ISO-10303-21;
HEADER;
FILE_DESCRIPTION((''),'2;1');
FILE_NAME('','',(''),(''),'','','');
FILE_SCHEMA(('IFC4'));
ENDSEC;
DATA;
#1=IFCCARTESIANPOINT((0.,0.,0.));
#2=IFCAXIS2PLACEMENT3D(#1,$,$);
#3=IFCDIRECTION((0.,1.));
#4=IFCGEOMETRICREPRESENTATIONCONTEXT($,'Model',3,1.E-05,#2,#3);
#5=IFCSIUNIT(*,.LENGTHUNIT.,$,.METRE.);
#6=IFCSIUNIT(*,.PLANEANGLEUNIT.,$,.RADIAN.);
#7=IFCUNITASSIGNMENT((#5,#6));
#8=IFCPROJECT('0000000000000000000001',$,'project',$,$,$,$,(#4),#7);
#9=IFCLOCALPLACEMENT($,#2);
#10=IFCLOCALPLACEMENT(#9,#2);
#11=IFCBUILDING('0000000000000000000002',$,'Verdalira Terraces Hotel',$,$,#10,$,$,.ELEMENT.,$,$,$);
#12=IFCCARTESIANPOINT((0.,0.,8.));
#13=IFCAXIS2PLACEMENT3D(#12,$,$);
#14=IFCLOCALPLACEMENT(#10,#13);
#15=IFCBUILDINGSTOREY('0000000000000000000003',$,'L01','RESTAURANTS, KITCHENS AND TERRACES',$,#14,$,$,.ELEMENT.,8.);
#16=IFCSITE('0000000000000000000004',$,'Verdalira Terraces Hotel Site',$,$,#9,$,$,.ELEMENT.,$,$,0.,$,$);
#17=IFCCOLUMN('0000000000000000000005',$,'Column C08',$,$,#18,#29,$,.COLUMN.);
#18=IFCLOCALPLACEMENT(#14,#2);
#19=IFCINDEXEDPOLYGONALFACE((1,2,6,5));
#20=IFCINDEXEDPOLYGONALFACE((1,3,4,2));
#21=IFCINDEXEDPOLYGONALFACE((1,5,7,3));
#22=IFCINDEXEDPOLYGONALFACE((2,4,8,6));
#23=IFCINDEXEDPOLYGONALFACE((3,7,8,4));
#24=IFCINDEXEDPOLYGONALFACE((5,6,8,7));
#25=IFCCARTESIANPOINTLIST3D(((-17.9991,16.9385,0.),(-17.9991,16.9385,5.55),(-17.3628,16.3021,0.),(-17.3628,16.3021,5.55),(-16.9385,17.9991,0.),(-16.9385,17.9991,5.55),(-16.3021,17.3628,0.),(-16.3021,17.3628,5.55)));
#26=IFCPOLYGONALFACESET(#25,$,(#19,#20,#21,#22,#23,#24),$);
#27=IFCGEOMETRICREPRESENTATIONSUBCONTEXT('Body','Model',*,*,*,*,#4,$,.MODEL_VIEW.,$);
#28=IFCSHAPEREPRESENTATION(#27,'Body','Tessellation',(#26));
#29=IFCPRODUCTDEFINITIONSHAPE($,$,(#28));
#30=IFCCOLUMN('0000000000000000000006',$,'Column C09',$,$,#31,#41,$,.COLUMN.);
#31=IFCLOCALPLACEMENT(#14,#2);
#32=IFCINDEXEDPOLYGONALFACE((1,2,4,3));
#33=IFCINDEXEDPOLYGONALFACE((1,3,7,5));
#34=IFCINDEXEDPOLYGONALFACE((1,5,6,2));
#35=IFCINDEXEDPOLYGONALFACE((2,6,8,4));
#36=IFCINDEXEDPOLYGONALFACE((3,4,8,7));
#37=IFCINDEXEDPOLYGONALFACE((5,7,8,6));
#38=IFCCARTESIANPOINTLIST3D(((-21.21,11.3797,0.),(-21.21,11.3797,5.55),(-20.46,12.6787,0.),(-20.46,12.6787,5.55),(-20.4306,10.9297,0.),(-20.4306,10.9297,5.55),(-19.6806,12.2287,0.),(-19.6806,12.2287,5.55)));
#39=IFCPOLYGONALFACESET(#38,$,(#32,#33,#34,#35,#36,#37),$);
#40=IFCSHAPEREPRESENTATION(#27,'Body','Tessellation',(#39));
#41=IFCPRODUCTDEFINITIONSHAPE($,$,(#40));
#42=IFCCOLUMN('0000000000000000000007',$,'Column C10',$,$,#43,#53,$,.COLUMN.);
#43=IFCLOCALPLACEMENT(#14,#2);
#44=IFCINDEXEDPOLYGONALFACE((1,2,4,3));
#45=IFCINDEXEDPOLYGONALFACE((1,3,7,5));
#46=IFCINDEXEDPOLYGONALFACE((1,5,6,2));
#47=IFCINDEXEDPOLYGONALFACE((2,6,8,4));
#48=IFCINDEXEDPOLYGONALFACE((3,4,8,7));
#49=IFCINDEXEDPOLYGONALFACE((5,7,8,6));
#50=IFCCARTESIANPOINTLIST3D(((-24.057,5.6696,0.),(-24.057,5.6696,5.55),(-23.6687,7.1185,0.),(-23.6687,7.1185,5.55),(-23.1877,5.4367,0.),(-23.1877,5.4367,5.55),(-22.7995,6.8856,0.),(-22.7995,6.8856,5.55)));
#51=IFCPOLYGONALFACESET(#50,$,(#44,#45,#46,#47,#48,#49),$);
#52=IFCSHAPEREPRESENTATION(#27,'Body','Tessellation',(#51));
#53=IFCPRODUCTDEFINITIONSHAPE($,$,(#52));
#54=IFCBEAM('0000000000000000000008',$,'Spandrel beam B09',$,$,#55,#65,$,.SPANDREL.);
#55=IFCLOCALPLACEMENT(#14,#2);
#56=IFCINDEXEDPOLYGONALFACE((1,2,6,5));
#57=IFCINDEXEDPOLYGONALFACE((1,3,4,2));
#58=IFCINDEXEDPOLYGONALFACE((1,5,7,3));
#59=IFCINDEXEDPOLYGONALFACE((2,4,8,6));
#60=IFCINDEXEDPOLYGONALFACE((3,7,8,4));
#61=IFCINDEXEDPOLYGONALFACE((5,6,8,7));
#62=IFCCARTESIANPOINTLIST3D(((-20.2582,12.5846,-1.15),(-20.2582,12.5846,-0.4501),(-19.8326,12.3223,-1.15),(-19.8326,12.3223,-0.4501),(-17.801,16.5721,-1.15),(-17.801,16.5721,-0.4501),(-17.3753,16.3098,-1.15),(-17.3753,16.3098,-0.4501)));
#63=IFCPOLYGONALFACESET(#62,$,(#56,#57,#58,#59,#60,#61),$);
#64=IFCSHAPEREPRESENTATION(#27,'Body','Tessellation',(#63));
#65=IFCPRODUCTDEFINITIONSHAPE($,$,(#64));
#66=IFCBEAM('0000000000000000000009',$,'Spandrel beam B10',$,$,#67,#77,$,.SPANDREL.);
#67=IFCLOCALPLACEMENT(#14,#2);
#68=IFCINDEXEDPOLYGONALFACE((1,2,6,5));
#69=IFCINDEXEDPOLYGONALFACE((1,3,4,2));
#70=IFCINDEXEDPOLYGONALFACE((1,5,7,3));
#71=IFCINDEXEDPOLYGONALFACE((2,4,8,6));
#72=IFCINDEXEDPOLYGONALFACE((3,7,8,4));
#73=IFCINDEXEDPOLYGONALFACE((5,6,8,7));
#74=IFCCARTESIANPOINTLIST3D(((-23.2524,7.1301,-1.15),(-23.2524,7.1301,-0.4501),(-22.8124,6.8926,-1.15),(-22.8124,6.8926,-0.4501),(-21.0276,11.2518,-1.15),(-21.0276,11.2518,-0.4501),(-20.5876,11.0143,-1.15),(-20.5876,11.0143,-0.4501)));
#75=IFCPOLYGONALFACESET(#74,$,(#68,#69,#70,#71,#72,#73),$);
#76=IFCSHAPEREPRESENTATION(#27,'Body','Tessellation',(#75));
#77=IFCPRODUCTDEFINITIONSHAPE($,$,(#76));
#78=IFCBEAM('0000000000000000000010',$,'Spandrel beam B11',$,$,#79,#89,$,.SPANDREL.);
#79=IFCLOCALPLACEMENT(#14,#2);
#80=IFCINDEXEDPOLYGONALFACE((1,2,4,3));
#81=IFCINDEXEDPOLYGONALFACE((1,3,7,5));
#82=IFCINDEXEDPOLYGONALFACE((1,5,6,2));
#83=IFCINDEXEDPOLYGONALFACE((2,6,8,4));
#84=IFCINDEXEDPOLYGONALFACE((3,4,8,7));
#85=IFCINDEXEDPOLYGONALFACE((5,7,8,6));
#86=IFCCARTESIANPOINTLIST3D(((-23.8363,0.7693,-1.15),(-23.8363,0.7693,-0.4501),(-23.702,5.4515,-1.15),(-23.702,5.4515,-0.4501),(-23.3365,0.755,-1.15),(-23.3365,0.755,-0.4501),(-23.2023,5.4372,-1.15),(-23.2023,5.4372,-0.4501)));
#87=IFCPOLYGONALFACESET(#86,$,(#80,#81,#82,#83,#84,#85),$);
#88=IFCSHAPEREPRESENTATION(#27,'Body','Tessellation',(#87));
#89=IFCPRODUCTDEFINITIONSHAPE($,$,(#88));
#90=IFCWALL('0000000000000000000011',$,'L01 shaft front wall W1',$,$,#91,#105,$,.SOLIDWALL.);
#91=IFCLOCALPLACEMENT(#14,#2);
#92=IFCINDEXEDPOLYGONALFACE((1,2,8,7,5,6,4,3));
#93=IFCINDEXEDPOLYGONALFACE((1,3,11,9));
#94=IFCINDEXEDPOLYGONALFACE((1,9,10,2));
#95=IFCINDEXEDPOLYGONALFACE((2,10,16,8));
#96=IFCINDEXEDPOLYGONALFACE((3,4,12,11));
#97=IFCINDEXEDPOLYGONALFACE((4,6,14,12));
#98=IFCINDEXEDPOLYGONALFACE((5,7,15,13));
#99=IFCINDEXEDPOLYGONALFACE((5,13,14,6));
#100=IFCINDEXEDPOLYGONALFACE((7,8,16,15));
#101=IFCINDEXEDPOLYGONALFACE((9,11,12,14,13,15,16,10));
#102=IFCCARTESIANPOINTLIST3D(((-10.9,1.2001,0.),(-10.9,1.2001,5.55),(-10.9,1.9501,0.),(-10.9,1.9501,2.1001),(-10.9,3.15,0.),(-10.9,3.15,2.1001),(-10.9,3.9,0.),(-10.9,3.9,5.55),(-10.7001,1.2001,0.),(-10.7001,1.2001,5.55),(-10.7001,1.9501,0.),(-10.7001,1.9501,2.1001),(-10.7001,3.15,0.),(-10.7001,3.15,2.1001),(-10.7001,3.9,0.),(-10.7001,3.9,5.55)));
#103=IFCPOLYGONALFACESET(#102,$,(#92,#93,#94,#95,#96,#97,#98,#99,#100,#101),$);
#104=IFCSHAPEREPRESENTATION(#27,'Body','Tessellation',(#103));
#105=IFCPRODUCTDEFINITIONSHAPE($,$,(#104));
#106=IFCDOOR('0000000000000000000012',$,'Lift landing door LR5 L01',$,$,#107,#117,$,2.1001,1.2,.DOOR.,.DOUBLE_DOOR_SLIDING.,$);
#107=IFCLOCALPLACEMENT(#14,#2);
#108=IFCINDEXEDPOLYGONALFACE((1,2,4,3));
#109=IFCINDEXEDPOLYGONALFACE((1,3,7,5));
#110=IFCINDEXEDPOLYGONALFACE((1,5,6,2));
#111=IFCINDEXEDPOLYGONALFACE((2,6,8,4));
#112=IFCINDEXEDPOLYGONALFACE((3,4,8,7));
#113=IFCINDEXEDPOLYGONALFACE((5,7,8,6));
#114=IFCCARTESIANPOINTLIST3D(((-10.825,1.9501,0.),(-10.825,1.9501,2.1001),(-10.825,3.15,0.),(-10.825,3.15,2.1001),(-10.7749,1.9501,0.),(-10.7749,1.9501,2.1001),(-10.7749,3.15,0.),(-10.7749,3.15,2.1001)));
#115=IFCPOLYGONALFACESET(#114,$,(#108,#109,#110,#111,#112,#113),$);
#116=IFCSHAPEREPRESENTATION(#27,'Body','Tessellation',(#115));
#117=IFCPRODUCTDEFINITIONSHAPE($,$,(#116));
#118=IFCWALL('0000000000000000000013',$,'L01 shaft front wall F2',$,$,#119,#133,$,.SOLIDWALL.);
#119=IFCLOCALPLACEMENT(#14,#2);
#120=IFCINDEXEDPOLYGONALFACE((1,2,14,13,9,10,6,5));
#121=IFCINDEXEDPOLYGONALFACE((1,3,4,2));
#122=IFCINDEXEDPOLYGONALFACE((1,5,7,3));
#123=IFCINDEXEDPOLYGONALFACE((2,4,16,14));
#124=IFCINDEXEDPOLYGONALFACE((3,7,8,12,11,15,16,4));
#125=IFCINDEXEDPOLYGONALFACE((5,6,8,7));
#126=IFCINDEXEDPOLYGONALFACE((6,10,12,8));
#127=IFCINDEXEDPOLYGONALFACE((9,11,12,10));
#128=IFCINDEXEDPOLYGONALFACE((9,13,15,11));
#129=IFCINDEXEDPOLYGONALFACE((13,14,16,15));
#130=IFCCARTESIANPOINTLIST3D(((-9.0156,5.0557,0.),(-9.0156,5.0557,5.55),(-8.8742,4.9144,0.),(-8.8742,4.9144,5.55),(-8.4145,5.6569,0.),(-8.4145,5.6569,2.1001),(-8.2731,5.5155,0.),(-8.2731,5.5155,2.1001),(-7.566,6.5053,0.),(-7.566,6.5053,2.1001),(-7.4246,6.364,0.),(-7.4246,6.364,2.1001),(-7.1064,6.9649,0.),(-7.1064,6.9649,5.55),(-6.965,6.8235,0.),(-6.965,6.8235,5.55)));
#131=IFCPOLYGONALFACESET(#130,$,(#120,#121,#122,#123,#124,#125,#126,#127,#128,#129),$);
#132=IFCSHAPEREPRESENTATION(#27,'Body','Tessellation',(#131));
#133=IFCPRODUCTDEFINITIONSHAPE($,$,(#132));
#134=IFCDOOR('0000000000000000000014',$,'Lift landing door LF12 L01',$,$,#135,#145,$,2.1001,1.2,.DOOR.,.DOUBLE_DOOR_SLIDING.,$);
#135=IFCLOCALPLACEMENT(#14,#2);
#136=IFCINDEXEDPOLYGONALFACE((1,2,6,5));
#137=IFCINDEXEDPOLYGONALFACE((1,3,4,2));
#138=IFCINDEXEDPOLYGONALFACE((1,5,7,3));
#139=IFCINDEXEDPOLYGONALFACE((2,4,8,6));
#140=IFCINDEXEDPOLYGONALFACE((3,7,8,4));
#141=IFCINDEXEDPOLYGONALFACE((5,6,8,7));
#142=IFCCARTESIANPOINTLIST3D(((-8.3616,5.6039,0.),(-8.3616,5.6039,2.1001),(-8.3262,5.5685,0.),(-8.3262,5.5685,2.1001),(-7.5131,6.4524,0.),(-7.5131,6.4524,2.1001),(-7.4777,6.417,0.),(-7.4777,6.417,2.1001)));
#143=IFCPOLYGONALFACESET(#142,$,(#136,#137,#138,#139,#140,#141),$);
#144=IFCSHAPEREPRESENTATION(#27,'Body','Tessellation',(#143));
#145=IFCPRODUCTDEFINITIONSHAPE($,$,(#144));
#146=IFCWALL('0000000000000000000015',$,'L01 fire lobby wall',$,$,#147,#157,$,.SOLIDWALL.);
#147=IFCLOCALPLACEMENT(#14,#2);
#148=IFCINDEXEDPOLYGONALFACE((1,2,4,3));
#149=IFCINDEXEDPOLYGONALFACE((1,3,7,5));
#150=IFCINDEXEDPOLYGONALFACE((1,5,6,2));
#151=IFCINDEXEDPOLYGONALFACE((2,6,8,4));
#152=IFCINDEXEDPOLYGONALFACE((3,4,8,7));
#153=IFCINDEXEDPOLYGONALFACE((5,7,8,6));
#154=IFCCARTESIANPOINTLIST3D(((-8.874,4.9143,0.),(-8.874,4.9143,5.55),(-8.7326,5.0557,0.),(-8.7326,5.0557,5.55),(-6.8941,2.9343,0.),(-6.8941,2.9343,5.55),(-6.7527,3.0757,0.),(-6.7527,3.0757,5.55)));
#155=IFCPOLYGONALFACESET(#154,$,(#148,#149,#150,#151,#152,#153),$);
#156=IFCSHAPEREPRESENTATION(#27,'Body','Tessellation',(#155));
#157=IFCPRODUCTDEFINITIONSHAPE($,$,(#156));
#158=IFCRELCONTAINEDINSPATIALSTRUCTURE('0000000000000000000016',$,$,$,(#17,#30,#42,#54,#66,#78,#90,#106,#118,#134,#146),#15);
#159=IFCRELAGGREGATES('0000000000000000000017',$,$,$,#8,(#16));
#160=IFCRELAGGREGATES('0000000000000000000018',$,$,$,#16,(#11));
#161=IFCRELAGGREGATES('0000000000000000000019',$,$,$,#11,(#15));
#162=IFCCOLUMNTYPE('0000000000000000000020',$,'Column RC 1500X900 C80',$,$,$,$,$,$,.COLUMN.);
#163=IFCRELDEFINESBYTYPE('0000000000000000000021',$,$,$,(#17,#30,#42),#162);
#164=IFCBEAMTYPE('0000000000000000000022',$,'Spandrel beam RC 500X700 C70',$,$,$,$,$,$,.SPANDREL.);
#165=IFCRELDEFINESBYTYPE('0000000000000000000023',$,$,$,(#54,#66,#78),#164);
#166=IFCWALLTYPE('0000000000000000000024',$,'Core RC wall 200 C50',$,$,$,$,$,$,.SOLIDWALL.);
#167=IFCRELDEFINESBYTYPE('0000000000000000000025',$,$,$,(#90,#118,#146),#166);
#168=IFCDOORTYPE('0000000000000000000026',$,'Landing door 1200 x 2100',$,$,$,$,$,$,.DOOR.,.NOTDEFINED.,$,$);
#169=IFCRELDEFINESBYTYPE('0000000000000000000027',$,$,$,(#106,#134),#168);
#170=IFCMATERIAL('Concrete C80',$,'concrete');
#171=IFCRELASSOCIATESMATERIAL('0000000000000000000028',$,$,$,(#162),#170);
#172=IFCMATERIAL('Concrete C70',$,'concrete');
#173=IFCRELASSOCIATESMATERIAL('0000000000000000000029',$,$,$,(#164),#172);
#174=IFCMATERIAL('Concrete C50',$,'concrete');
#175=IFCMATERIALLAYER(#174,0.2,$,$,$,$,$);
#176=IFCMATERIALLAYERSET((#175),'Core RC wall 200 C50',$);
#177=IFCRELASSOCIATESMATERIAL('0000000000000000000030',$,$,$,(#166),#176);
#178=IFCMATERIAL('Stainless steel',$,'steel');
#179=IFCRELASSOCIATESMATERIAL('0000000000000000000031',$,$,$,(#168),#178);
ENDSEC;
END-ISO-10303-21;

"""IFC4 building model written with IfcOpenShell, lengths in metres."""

from ifc_helpers import new_model, si_unit, direction, frame, frame_2d, origin, origin_2d, place, context, subcontext, project, spatial, rectangle, extrude, material, layer, layer_set, material_profile, profile_set, type_object, element, fill, save


model = new_model("IFC4")

# Units and contexts
model_context = context("Model", 3, precision=1e-05, world=origin(), true_north=direction((0.0, 1.0)))
body_context = subcontext(model_context, "Body", "Model", "MODEL_VIEW")
ifc_project = project(units=[si_unit("LENGTHUNIT", "METRE"), si_unit("PLANEANGLEUNIT", "RADIAN")], contexts=[model_context])

# Site, building, storey
site_placement = place(None, origin())
site = spatial("IfcSite", under=ifc_project, at=site_placement, Name="Verdalira Terraces Hotel Site", CompositionType="ELEMENT", RefElevation=0.0)
building_placement = place(site_placement, origin())
building = spatial("IfcBuilding", under=site, at=building_placement, Name="Verdalira Terraces Hotel", CompositionType="ELEMENT")
storey_placement = place(building_placement, frame((0.0, 0.0, 8.0)))
storey = spatial("IfcBuildingStorey", under=building, at=storey_placement, Name="L01", Description="RESTAURANTS, KITCHENS AND TERRACES", CompositionType="ELEMENT", Elevation=8.0)

# Columns
ifc_material_1 = material(Name="Concrete C80", Category="concrete")
ifc_material_profile_1 = material_profile(ifc_material_1, rectangle(XDim=1.5, YDim=0.8999, at=origin_2d()), Name="RC 1500X900")
ifc_profile_set_1 = profile_set([ifc_material_profile_1], Name="Concrete C80")
column_type = type_object("IfcColumnType", Name="Column RC 1500X900 C80", PredefinedType="COLUMN", material=ifc_profile_set_1)
for number, where, z_axis, x_axis, name in (
    (1, (-17.1506, 17.1506, 0.0), (0.0, 0.0, 1.0), (0.707107, 0.707107, 0.0), "Column C08"),
    (2, (-20.4453, 11.8042, 0.0), (0.0, 0.0, 1.0), (-0.5, -0.866025, 0.0), "Column C09"),
    (3, (-23.4282, 6.2776, 0.0), (0.0, 0.0, 1.0), (0.258819, 0.965926, 0.0), "Column C10"),
):
    element("IfcColumn", number, at=place(storey_placement, frame(where, z_axis=z_axis, x_axis=x_axis)), inside=storey, type_object=column_type, Name=name, PredefinedType="COLUMN", context=body_context, shape_type="SweptSolid", body=[
        extrude(rectangle(XDim=1.5, YDim=0.8999, at=origin_2d()), origin(), (0.0, 0.0, 1.0), 5.55),
    ])

# Beams
ifc_material_2 = material(Name="Concrete C70", Category="concrete")
ifc_material_profile_2 = material_profile(ifc_material_2, rectangle(XDim=0.5, YDim=0.7, at=origin_2d()), Name="RC 500X700")
ifc_profile_set_2 = profile_set([ifc_material_profile_2], Name="Concrete C70")
beam_type = type_object("IfcBeamType", Name="Spandrel beam RC 500X700 C70", PredefinedType="SPANDREL", material=ifc_profile_set_2)
for number, where, z_axis, x_axis, name in (
    (4, (-17.5881, 16.4409, -0.8), (-0.524624, -0.851334, 0.0), (0.851334, -0.524624, 0.0), "Spandrel beam B09"),
    (5, (-20.8076, 11.1331, -0.8), (-0.474995, -0.879989, 0.0), (0.879989, -0.474995, 0.0), "Spandrel beam B10"),
):
    element("IfcBeam", number, at=place(storey_placement, frame(where, z_axis=z_axis, x_axis=x_axis)), inside=storey, type_object=beam_type, Name=name, PredefinedType="SPANDREL", context=body_context, shape_type="SweptSolid", body=[
        extrude(rectangle(XDim=0.5, YDim=0.7, at=origin_2d()), origin(), (0.0, 0.0, 1.0), 4.6838),
    ])
beam_placement = place(storey_placement, frame((-23.4521, 5.4443, -0.8), z_axis=(-0.028667, -0.999589, 0.0), x_axis=(0.999589, -0.028667, 0.0)))
element("IfcBeam", 6, at=beam_placement, inside=storey, type_object=beam_type, Name="Spandrel beam B11", PredefinedType="SPANDREL", context=body_context, shape_type="SweptSolid", body=[
    extrude(rectangle(XDim=0.5, YDim=0.7, at=origin_2d()), origin(), (0.0, 0.0, 1.0), 4.6841),
])

# Walls, openings, doors
ifc_material_3 = material(Name="Concrete C50", Category="concrete")
ifc_layer_1 = layer(ifc_material_3, 0.2)
ifc_layer_set_1 = layer_set([ifc_layer_1], Name="Core RC wall 200 C50")
wall_type_1 = type_object("IfcWallType", Name="Core RC wall 200 C50", PredefinedType="SOLIDWALL", material=ifc_layer_set_1)
wall_1_placement = place(storey_placement, frame((-10.8, 1.2, 0.0), z_axis=(0.0, 0.0, 1.0), x_axis=(0.0, 1.0, 0.0)))
wall_1 = element("IfcWall", 7, at=wall_1_placement, inside=storey, type_object=wall_type_1, Name="L01 shaft front wall W1", PredefinedType="SOLIDWALL", context=body_context, shape_type="SweptSolid", body=[
    extrude(rectangle(XDim=2.7, YDim=0.2, at=frame_2d((1.3501, 0.0))), origin(), (0.0, 0.0, 1.0), 5.55),
])
opening_1_placement = place(wall_1_placement, frame((0.75, 0.0, 0.0)))
opening_1 = element("IfcOpeningElement", 8, at=opening_1_placement, cuts=wall_1, PredefinedType="OPENING", context=body_context, shape_type="SweptSolid", body=[
    extrude(rectangle(XDim=1.2, YDim=2.1001, at=frame_2d((0.6001, 1.05))), frame((0.0, 0.1099, 0.0), z_axis=(0.0, -1.0, 0.0), x_axis=(1.0, 0.0, 0.0)), (0.0, 0.0, 1.0), 0.22),
])
ifc_material_4 = material(Name="Stainless steel", Category="steel")
door_type_1 = type_object("IfcDoorType", Name="Landing door 1200 x 2100", OperationType="NOTDEFINED", PredefinedType="DOOR", material=ifc_material_4)
door_1_placement = place(opening_1_placement, origin())
door_1 = element("IfcDoor", 9, at=door_1_placement, inside=storey, type_object=door_type_1, Name="Lift landing door LR5 L01", OperationType="DOUBLE_DOOR_SLIDING", OverallHeight=2.1001, OverallWidth=1.2, PredefinedType="DOOR", context=body_context, shape_type="SweptSolid", body=[
    extrude(rectangle(XDim=1.2, YDim=2.1001, at=frame_2d((0.6001, 1.05))), frame((0.0, 0.0249, 0.0), z_axis=(0.0, -1.0, 0.0), x_axis=(1.0, 0.0, 0.0)), (0.0, 0.0, 1.0), 0.05),
])
fill(opening_1, door_1)
wall_2_placement = place(storey_placement, frame((-7.0356, 6.8943, 0.0), z_axis=(0.0, 0.0, 1.0), x_axis=(-0.707107, -0.707107, 0.0)))
wall_2 = element("IfcWall", 10, at=wall_2_placement, inside=storey, type_object=wall_type_1, Name="L01 shaft front wall F2", PredefinedType="SOLIDWALL", context=body_context, shape_type="SweptSolid", body=[
    extrude(rectangle(XDim=2.7, YDim=0.2, at=frame_2d((1.3501, 0.0))), origin(), (0.0, 0.0, 1.0), 5.55),
])
opening_2_placement = place(wall_2_placement, frame((0.6499, 0.0, 0.0)))
opening_2 = element("IfcOpeningElement", 11, at=opening_2_placement, cuts=wall_2, PredefinedType="OPENING", context=body_context, shape_type="SweptSolid", body=[
    extrude(rectangle(XDim=1.2, YDim=2.1001, at=frame_2d((0.6001, 1.05))), frame((0.0, 0.1099, 0.0), z_axis=(0.0, -1.0, 0.0), x_axis=(1.0, 0.0, 0.0)), (0.0, 0.0, 1.0), 0.22),
])
door_2_placement = place(opening_2_placement, origin())
door_2 = element("IfcDoor", 12, at=door_2_placement, inside=storey, type_object=door_type_1, Name="Lift landing door LF12 L01", OperationType="DOUBLE_DOOR_SLIDING", OverallHeight=2.1001, OverallWidth=1.2, PredefinedType="DOOR", context=body_context, shape_type="SweptSolid", body=[
    extrude(rectangle(XDim=1.2, YDim=2.1001, at=frame_2d((0.6001, 1.05))), frame((0.0, 0.0249, 0.0), z_axis=(0.0, -1.0, 0.0), x_axis=(1.0, 0.0, 0.0)), (0.0, 0.0, 1.0), 0.05),
])
fill(opening_2, door_2)

# Wall
wall_3_placement = place(storey_placement, frame((-6.8235, 3.0051, 0.0), z_axis=(0.0, 0.0, 1.0), x_axis=(-0.707107, 0.707107, 0.0)))
element("IfcWall", 13, at=wall_3_placement, inside=storey, type_object=wall_type_1, Name="L01 fire lobby wall", PredefinedType="SOLIDWALL", context=body_context, shape_type="SweptSolid", body=[
    extrude(rectangle(XDim=2.8, YDim=0.2, at=frame_2d((1.3999, 0.0))), origin(), (0.0, 0.0, 1.0), 5.55),
])

save(model, "model.ifc")
